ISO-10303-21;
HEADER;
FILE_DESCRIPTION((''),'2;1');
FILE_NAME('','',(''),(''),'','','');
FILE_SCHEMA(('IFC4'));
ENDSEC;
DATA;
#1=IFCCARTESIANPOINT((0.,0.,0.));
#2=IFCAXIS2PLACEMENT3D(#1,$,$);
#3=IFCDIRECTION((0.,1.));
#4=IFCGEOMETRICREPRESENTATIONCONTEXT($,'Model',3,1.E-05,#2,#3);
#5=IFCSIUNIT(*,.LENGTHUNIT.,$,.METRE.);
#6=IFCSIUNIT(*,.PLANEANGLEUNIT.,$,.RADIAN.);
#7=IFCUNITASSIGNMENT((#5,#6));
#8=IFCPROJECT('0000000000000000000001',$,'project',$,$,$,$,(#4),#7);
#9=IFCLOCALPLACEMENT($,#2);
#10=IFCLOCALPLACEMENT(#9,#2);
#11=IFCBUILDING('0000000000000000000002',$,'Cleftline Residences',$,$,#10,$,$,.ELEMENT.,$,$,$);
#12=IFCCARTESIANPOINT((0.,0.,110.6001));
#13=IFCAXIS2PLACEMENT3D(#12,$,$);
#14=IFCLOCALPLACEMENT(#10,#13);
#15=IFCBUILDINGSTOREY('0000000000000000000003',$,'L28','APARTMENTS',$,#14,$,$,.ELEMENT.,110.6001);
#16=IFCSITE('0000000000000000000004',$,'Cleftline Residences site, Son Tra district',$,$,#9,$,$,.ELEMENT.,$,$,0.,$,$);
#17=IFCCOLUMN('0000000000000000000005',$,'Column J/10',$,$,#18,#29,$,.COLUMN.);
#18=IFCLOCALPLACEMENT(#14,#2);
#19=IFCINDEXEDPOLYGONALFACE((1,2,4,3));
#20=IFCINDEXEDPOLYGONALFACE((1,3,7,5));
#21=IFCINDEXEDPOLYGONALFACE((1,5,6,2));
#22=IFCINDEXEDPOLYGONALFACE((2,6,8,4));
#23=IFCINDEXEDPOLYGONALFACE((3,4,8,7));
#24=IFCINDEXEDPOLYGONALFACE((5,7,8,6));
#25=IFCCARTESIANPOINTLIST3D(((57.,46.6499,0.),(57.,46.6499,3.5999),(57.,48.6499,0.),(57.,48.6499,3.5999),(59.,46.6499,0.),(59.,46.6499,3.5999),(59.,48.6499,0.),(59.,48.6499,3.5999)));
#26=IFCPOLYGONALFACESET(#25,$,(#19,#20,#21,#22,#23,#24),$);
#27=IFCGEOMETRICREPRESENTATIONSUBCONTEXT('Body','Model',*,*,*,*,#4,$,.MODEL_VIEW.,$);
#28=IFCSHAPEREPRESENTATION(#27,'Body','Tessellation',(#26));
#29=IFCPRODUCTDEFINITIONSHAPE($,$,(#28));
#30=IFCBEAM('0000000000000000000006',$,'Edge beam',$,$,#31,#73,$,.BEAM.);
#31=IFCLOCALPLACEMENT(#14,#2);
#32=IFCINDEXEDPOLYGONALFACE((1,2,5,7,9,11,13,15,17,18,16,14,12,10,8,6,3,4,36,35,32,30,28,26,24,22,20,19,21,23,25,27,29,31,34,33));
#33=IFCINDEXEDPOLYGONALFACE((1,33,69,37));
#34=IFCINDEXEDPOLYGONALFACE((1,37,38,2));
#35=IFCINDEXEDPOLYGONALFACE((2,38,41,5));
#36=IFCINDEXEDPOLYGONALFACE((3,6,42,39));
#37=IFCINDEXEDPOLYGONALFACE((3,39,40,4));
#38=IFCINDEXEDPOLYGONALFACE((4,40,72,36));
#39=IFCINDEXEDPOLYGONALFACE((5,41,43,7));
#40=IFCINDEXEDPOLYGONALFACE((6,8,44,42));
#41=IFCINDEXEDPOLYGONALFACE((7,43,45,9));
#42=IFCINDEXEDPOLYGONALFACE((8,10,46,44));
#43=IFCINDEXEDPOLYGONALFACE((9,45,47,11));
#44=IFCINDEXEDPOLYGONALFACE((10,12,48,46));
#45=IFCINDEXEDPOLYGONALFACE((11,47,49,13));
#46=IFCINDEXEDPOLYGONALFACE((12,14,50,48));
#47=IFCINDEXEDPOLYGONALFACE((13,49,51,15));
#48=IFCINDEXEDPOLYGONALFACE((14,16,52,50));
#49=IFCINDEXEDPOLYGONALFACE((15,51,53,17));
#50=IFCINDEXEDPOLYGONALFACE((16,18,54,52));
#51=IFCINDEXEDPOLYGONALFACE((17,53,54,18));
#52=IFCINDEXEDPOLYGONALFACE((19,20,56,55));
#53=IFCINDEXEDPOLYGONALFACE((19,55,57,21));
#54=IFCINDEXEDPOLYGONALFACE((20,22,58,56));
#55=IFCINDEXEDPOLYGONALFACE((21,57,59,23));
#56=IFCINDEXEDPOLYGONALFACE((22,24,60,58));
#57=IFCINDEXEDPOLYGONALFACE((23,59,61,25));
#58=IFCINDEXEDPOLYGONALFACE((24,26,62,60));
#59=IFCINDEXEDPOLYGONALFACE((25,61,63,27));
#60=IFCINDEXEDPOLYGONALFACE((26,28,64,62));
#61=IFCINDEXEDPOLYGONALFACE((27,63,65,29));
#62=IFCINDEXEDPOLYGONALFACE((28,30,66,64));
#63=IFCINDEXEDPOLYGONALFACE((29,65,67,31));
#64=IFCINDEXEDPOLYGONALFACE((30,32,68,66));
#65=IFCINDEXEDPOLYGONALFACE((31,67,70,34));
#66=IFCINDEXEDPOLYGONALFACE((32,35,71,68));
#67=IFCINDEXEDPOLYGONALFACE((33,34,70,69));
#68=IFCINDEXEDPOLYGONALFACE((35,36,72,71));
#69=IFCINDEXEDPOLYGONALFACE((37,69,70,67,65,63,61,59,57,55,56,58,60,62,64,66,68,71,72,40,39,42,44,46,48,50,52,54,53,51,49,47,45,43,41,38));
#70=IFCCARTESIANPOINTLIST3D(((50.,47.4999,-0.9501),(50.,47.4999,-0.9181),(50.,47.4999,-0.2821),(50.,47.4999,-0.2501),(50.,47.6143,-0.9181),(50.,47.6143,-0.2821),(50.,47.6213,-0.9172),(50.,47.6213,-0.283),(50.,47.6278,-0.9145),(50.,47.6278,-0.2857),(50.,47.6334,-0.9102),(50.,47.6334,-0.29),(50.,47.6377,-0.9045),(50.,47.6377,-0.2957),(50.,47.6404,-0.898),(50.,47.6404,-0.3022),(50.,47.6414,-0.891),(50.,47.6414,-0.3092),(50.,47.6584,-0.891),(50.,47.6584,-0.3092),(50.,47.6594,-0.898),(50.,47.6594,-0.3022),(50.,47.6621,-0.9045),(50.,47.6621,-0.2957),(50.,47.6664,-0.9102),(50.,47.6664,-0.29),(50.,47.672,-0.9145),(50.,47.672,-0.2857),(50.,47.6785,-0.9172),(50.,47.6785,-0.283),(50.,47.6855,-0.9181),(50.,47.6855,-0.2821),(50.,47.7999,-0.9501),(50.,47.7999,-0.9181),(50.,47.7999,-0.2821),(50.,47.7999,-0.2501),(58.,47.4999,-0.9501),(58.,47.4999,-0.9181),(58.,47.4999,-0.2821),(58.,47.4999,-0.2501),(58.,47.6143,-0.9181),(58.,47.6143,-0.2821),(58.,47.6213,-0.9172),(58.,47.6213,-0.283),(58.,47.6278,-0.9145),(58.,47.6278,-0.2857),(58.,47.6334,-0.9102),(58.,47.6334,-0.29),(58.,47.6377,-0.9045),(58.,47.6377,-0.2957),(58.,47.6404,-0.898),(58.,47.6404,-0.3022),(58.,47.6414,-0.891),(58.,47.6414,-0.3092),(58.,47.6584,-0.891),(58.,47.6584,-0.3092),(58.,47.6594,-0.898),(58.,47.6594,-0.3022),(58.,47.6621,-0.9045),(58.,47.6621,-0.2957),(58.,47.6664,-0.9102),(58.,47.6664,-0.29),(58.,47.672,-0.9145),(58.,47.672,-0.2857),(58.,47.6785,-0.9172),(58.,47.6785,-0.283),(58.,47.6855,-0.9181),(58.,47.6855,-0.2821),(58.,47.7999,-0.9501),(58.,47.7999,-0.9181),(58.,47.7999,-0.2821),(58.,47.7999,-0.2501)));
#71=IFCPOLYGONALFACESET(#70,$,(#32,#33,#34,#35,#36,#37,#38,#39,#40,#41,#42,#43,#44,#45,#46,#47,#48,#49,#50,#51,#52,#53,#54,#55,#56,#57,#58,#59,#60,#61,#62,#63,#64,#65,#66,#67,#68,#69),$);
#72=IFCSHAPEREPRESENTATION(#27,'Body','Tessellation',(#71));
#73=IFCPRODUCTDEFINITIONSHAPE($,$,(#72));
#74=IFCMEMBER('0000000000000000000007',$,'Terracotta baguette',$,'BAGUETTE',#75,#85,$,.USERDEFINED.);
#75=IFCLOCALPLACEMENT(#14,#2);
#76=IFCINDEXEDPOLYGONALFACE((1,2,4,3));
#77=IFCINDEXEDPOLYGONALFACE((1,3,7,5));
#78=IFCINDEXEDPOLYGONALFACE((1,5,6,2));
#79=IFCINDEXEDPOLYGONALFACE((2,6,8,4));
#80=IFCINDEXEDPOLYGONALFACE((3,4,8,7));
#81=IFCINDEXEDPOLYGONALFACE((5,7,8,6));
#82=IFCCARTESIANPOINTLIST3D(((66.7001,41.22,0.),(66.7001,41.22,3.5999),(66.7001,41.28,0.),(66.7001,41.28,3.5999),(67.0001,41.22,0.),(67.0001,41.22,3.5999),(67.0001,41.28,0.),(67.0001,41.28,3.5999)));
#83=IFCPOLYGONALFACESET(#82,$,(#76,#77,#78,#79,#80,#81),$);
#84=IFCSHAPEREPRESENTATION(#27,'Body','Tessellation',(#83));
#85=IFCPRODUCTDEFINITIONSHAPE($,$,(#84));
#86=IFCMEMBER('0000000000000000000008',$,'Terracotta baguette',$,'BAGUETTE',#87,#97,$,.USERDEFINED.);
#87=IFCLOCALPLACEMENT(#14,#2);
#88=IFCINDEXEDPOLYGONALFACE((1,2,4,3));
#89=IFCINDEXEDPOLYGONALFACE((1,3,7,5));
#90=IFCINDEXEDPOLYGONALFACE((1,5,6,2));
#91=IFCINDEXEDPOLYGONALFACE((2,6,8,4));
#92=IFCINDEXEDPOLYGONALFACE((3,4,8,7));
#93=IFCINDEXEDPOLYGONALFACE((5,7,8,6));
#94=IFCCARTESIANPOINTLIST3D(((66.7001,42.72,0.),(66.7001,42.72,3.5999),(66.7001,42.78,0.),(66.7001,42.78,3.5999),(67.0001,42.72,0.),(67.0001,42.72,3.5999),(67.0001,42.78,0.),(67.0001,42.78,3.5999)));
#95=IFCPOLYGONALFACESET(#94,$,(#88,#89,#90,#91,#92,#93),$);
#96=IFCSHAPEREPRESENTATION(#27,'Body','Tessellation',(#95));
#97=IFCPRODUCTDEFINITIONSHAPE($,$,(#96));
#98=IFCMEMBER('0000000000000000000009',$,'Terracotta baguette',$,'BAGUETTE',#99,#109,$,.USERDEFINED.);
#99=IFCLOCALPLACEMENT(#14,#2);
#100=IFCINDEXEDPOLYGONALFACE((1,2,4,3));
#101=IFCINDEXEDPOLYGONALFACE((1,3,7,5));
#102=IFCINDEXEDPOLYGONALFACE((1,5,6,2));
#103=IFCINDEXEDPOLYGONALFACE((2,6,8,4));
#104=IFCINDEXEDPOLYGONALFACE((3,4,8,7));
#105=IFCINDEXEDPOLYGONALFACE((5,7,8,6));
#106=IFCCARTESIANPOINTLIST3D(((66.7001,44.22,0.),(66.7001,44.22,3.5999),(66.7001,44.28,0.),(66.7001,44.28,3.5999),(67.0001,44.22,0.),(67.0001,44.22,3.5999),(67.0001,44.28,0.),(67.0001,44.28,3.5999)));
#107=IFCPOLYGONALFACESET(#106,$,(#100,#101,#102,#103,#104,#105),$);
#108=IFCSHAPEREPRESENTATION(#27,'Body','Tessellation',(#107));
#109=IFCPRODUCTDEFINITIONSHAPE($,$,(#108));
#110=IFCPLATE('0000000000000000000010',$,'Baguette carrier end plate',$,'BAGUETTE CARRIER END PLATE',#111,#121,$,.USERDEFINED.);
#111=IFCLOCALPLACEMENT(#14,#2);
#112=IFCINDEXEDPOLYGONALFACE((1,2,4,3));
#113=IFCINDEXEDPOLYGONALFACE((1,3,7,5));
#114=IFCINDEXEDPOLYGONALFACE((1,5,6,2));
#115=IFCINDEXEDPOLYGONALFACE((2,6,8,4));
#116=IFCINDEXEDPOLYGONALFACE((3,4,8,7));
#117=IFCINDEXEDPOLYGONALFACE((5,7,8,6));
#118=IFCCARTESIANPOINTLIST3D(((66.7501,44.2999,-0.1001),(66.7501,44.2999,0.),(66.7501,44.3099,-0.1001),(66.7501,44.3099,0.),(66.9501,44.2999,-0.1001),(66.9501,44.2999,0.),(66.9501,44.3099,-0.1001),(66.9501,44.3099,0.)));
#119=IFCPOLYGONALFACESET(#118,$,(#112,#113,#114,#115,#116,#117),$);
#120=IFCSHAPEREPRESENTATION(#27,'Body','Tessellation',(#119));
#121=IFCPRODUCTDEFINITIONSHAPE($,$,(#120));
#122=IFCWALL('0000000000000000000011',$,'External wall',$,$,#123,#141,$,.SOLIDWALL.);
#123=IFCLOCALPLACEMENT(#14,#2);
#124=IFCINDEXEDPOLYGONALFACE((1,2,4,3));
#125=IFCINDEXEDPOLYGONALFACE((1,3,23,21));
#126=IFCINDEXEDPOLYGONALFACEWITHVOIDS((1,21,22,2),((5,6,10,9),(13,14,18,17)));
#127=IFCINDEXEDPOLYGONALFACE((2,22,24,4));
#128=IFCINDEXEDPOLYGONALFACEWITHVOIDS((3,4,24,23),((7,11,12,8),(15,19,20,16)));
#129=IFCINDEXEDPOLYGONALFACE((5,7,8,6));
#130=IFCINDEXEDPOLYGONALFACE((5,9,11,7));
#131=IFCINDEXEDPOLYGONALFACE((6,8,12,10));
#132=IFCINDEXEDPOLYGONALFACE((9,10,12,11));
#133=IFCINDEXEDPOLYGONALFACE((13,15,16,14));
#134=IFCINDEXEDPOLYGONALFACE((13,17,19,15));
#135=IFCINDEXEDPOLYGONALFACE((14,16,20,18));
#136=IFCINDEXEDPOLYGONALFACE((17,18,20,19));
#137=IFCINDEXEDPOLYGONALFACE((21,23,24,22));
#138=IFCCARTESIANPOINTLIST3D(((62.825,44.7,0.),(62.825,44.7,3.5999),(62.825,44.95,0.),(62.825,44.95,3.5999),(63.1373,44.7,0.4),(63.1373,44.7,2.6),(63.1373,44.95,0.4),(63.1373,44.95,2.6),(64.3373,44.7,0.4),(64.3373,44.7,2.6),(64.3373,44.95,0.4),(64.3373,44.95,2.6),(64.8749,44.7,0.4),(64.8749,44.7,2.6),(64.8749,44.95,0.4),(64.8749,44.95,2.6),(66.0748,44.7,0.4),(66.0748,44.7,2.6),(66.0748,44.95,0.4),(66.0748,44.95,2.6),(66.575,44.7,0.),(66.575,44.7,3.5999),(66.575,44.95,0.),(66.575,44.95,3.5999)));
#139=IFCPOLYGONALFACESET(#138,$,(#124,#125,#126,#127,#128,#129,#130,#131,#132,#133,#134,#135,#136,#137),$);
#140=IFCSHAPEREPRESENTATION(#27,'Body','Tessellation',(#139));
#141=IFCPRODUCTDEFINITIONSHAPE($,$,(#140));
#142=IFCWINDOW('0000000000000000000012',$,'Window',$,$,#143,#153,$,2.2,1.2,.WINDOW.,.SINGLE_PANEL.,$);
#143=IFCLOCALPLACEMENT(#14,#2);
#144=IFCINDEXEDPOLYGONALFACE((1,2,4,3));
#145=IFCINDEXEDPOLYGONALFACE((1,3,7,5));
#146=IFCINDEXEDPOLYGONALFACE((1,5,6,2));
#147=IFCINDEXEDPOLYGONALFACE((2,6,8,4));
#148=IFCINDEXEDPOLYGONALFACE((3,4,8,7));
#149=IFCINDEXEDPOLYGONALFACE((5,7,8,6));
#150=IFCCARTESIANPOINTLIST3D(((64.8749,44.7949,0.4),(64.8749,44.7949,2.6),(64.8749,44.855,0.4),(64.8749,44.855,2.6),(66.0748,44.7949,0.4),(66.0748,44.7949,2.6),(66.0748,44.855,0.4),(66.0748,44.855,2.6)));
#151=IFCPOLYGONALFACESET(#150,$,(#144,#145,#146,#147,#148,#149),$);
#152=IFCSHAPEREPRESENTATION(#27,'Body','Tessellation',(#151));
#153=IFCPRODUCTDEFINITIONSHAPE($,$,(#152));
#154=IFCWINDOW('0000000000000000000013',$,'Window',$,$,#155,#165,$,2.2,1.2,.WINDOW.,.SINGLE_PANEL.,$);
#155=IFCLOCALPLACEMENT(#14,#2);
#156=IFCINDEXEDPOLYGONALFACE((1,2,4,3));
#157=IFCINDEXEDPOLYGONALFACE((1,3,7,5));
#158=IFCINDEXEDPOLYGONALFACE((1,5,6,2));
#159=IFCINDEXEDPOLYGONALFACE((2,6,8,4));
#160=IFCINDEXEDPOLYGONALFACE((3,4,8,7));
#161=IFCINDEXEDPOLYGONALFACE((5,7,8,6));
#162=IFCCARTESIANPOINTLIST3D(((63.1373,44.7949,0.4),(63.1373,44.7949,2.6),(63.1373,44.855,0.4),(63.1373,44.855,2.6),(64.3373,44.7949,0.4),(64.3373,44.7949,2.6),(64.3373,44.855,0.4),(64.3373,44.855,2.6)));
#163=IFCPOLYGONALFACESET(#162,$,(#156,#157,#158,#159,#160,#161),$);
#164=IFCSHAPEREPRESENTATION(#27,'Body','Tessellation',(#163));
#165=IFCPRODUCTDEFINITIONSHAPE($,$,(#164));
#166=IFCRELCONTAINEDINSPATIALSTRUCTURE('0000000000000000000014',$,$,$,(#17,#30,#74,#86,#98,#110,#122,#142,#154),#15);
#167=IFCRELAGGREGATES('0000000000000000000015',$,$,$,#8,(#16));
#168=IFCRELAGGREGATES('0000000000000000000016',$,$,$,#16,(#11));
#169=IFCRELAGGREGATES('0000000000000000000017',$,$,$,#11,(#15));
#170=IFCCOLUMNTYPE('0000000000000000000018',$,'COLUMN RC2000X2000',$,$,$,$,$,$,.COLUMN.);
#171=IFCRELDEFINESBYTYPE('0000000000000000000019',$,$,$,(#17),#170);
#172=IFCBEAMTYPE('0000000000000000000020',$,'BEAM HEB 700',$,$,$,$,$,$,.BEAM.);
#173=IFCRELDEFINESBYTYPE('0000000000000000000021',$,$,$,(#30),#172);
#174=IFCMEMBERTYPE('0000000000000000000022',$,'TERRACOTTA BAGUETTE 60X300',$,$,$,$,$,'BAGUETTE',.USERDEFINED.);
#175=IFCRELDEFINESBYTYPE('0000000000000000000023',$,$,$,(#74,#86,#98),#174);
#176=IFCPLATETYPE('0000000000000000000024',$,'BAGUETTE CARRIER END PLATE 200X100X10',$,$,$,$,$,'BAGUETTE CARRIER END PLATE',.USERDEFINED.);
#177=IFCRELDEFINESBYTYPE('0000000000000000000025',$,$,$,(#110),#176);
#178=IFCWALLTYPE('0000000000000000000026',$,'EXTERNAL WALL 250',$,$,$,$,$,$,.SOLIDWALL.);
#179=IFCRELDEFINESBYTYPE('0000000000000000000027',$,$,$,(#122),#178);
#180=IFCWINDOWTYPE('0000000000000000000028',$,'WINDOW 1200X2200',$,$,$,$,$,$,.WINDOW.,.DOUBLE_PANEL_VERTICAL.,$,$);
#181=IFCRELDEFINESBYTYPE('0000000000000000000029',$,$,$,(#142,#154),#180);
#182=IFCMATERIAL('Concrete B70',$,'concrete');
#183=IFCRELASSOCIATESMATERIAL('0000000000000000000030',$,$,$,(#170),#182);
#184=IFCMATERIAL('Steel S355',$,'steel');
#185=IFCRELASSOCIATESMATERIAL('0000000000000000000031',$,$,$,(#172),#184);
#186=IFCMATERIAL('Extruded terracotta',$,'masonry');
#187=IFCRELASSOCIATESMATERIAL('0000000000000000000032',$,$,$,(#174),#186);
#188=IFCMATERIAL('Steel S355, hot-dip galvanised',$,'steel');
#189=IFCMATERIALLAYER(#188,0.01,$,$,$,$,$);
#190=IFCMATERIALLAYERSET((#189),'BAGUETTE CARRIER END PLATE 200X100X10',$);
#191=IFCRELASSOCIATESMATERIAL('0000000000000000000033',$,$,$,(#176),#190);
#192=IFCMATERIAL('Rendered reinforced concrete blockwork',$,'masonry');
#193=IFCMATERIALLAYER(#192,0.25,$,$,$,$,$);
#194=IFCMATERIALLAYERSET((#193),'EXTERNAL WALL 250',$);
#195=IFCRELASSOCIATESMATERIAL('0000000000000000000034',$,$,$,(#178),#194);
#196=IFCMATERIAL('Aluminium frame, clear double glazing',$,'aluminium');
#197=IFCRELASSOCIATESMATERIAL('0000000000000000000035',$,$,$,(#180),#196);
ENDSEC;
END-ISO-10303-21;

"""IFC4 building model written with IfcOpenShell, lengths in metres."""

from ifc_helpers import new_model, si_unit, direction, frame, frame_2d, origin, origin_2d, place, context, subcontext, project, spatial, rectangle, i_section, extrude, material, layer, layer_set, material_profile, profile_set, type_object, element, fill, save


model = new_model("IFC4")

# Units and contexts
model_context = context("Model", 3, precision=1e-05, world=origin(), true_north=direction((0.0, 1.0)))
body_context = subcontext(model_context, "Body", "Model", "MODEL_VIEW")
ifc_project = project(units=[si_unit("LENGTHUNIT", "METRE"), si_unit("PLANEANGLEUNIT", "RADIAN")], contexts=[model_context])

# Site, building, storey
site_placement = place(None, origin())
site = spatial("IfcSite", under=ifc_project, at=site_placement, Name="Cleftline Residences site, Son Tra district", CompositionType="ELEMENT", RefElevation=0.0)
building_placement = place(site_placement, origin())
building = spatial("IfcBuilding", under=site, at=building_placement, Name="Cleftline Residences", CompositionType="ELEMENT")
storey_placement = place(building_placement, frame((0.0, 0.0, 110.6001)))
storey = spatial("IfcBuildingStorey", under=building, at=storey_placement, Name="L28", Description="APARTMENTS", CompositionType="ELEMENT", Elevation=110.6001)

# Column
ifc_material_1 = material(Name="Concrete B70", Category="concrete")
ifc_material_profile_1 = material_profile(ifc_material_1, rectangle(XDim=2.0, YDim=2.0, at=origin_2d()))
ifc_profile_set_1 = profile_set([ifc_material_profile_1], Name="Concrete B70")
column_type = type_object("IfcColumnType", Name="COLUMN RC2000X2000", PredefinedType="COLUMN", material=ifc_profile_set_1)
column_placement = place(storey_placement, frame((58.0, 47.6499, 0.0), z_axis=(0.0, 0.0, 1.0), x_axis=(1.0, 0.0, 0.0)))
element("IfcColumn", 1, at=column_placement, inside=storey, type_object=column_type, Name="Column J/10", PredefinedType="COLUMN", context=body_context, shape_type="SweptSolid", body=[
    extrude(rectangle(XDim=2.0, YDim=2.0, at=origin_2d()), origin(), (0.0, 0.0, 1.0), 3.5999),
])

# Beam
ifc_material_2 = material(Name="Steel S355", Category="steel")
ifc_material_profile_2 = material_profile(ifc_material_2, i_section(OverallWidth=0.3, OverallDepth=0.7, WebThickness=0.0171, FlangeThickness=0.032, FilletRadius=0.0271, at=origin_2d()))
ifc_profile_set_2 = profile_set([ifc_material_profile_2], Name="Steel S355")
beam_type = type_object("IfcBeamType", Name="BEAM HEB 700", PredefinedType="BEAM", material=ifc_profile_set_2)
beam_placement = place(storey_placement, frame((58.0, 47.6499, -0.6001), z_axis=(-1.0, 0.0, 0.0), x_axis=(0.0, -1.0, 0.0)))
element("IfcBeam", 2, at=beam_placement, inside=storey, type_object=beam_type, Name="Edge beam", PredefinedType="BEAM", context=body_context, shape_type="SweptSolid", body=[
    extrude(i_section(OverallWidth=0.3, OverallDepth=0.7, WebThickness=0.0171, FlangeThickness=0.032, FilletRadius=0.0271, at=origin_2d()), origin(), (0.0, 0.0, 1.0), 8.0),
])

# Members
ifc_material_3 = material(Name="Extruded terracotta", Category="masonry")
ifc_material_profile_3 = material_profile(ifc_material_3, rectangle(XDim=0.0601, YDim=0.3, at=origin_2d()))
ifc_profile_set_3 = profile_set([ifc_material_profile_3], Name="Extruded terracotta")
member_type = type_object("IfcMemberType", Name="TERRACOTTA BAGUETTE 60X300", ElementType="BAGUETTE", PredefinedType="USERDEFINED", material=ifc_profile_set_3)
for number, where, z_axis, x_axis, name in (
    (3, (66.8501, 41.25, 0.0), (0.0, 0.0, 1.0), (0.0, 1.0, 0.0), "Terracotta baguette"),
    (4, (66.8501, 42.75, 0.0), (0.0, 0.0, 1.0), (0.0, 1.0, 0.0), "Terracotta baguette"),
    (5, (66.8501, 44.25, 0.0), (0.0, 0.0, 1.0), (0.0, 1.0, 0.0), "Terracotta baguette"),
):
    element("IfcMember", number, at=place(storey_placement, frame(where, z_axis=z_axis, x_axis=x_axis)), inside=storey, type_object=member_type, Name=name, ObjectType="BAGUETTE", PredefinedType="USERDEFINED", context=body_context, shape_type="SweptSolid", body=[
        extrude(rectangle(XDim=0.0601, YDim=0.3, at=origin_2d()), origin(), (0.0, 0.0, 1.0), 3.5999),
    ])

# Plate
ifc_material_4 = material(Name="Steel S355, hot-dip galvanised", Category="steel")
ifc_layer_1 = layer(ifc_material_4, 0.01)
ifc_layer_set_1 = layer_set([ifc_layer_1], Name="BAGUETTE CARRIER END PLATE 200X100X10")
plate_type = type_object("IfcPlateType", Name="BAGUETTE CARRIER END PLATE 200X100X10", ElementType="BAGUETTE CARRIER END PLATE", PredefinedType="USERDEFINED", material=ifc_layer_set_1)
plate_placement = place(storey_placement, frame((66.8501, 44.3049, -0.1001), z_axis=(0.0, 0.0, 1.0), x_axis=(1.0, 0.0, 0.0)))
element("IfcPlate", 6, at=plate_placement, inside=storey, type_object=plate_type, Name="Baguette carrier end plate", ObjectType="BAGUETTE CARRIER END PLATE", PredefinedType="USERDEFINED", context=body_context, shape_type="SweptSolid", body=[
    extrude(rectangle(XDim=0.2, YDim=0.01, at=origin_2d()), origin(), (0.0, 0.0, 1.0), 0.1001),
])

# Wall, openings, windows
ifc_material_5 = material(Name="Rendered reinforced concrete blockwork", Category="masonry")
ifc_layer_2 = layer(ifc_material_5, 0.25)
ifc_layer_set_2 = layer_set([ifc_layer_2], Name="EXTERNAL WALL 250")
wall_type_1 = type_object("IfcWallType", Name="EXTERNAL WALL 250", PredefinedType="SOLIDWALL", material=ifc_layer_set_2)
wall_1_placement = place(storey_placement, frame((66.575, 44.825, 0.0), z_axis=(0.0, 0.0, 1.0), x_axis=(-1.0, 0.0, 0.0)))
wall_1 = element("IfcWall", 7, at=wall_1_placement, inside=storey, type_object=wall_type_1, Name="External wall", PredefinedType="SOLIDWALL", context=body_context, shape_type="SweptSolid", body=[
    extrude(rectangle(XDim=3.75, YDim=0.25, at=frame_2d((1.875, 0.0))), origin(), (0.0, 0.0, 1.0), 3.5999),
])
opening_1_placement = place(wall_1_placement, frame((0.5, 0.0, 0.3999)))
opening_1 = element("IfcOpeningElement", 8, at=opening_1_placement, cuts=wall_1, PredefinedType="OPENING", context=body_context, shape_type="SweptSolid", body=[
    extrude(rectangle(XDim=1.2, YDim=2.2, at=frame_2d((0.6001, 1.1001))), frame((0.0, 0.135, 0.0), z_axis=(0.0, -1.0, 0.0), x_axis=(1.0, 0.0, 0.0)), (0.0, 0.0, 1.0), 0.27),
])
opening_2_placement = place(wall_1_placement, frame((2.2375, 0.0, 0.3999)))
opening_2 = element("IfcOpeningElement", 9, at=opening_2_placement, cuts=wall_1, PredefinedType="OPENING", context=body_context, shape_type="SweptSolid", body=[
    extrude(rectangle(XDim=1.2, YDim=2.2, at=frame_2d((0.6001, 1.1001))), frame((0.0, 0.135, 0.0), z_axis=(0.0, -1.0, 0.0), x_axis=(1.0, 0.0, 0.0)), (0.0, 0.0, 1.0), 0.27),
])
ifc_material_6 = material(Name="Aluminium frame, clear double glazing", Category="aluminium")
window_type_1 = type_object("IfcWindowType", Name="WINDOW 1200X2200", PartitioningType="DOUBLE_PANEL_VERTICAL", PredefinedType="WINDOW", material=ifc_material_6)
window_1_placement = place(opening_1_placement, origin())
window_1 = element("IfcWindow", 10, at=window_1_placement, inside=storey, type_object=window_type_1, Name="Window", OverallHeight=2.2, OverallWidth=1.2, PartitioningType="SINGLE_PANEL", PredefinedType="WINDOW", context=body_context, shape_type="SweptSolid", body=[
    extrude(rectangle(XDim=1.2, YDim=2.2, at=frame_2d((0.6001, 1.1001))), frame((0.0, 0.03, 0.0), z_axis=(0.0, -1.0, 0.0), x_axis=(1.0, 0.0, 0.0)), (0.0, 0.0, 1.0), 0.0601),
])
fill(opening_1, window_1)
window_2_placement = place(opening_2_placement, origin())
window_2 = element("IfcWindow", 11, at=window_2_placement, inside=storey, type_object=window_type_1, Name="Window", OverallHeight=2.2, OverallWidth=1.2, PartitioningType="SINGLE_PANEL", PredefinedType="WINDOW", context=body_context, shape_type="SweptSolid", body=[
    extrude(rectangle(XDim=1.2, YDim=2.2, at=frame_2d((0.6001, 1.1001))), frame((0.0, 0.03, 0.0), z_axis=(0.0, -1.0, 0.0), x_axis=(1.0, 0.0, 0.0)), (0.0, 0.0, 1.0), 0.0601),
])
fill(opening_2, window_2)

save(model, "model.ifc")
